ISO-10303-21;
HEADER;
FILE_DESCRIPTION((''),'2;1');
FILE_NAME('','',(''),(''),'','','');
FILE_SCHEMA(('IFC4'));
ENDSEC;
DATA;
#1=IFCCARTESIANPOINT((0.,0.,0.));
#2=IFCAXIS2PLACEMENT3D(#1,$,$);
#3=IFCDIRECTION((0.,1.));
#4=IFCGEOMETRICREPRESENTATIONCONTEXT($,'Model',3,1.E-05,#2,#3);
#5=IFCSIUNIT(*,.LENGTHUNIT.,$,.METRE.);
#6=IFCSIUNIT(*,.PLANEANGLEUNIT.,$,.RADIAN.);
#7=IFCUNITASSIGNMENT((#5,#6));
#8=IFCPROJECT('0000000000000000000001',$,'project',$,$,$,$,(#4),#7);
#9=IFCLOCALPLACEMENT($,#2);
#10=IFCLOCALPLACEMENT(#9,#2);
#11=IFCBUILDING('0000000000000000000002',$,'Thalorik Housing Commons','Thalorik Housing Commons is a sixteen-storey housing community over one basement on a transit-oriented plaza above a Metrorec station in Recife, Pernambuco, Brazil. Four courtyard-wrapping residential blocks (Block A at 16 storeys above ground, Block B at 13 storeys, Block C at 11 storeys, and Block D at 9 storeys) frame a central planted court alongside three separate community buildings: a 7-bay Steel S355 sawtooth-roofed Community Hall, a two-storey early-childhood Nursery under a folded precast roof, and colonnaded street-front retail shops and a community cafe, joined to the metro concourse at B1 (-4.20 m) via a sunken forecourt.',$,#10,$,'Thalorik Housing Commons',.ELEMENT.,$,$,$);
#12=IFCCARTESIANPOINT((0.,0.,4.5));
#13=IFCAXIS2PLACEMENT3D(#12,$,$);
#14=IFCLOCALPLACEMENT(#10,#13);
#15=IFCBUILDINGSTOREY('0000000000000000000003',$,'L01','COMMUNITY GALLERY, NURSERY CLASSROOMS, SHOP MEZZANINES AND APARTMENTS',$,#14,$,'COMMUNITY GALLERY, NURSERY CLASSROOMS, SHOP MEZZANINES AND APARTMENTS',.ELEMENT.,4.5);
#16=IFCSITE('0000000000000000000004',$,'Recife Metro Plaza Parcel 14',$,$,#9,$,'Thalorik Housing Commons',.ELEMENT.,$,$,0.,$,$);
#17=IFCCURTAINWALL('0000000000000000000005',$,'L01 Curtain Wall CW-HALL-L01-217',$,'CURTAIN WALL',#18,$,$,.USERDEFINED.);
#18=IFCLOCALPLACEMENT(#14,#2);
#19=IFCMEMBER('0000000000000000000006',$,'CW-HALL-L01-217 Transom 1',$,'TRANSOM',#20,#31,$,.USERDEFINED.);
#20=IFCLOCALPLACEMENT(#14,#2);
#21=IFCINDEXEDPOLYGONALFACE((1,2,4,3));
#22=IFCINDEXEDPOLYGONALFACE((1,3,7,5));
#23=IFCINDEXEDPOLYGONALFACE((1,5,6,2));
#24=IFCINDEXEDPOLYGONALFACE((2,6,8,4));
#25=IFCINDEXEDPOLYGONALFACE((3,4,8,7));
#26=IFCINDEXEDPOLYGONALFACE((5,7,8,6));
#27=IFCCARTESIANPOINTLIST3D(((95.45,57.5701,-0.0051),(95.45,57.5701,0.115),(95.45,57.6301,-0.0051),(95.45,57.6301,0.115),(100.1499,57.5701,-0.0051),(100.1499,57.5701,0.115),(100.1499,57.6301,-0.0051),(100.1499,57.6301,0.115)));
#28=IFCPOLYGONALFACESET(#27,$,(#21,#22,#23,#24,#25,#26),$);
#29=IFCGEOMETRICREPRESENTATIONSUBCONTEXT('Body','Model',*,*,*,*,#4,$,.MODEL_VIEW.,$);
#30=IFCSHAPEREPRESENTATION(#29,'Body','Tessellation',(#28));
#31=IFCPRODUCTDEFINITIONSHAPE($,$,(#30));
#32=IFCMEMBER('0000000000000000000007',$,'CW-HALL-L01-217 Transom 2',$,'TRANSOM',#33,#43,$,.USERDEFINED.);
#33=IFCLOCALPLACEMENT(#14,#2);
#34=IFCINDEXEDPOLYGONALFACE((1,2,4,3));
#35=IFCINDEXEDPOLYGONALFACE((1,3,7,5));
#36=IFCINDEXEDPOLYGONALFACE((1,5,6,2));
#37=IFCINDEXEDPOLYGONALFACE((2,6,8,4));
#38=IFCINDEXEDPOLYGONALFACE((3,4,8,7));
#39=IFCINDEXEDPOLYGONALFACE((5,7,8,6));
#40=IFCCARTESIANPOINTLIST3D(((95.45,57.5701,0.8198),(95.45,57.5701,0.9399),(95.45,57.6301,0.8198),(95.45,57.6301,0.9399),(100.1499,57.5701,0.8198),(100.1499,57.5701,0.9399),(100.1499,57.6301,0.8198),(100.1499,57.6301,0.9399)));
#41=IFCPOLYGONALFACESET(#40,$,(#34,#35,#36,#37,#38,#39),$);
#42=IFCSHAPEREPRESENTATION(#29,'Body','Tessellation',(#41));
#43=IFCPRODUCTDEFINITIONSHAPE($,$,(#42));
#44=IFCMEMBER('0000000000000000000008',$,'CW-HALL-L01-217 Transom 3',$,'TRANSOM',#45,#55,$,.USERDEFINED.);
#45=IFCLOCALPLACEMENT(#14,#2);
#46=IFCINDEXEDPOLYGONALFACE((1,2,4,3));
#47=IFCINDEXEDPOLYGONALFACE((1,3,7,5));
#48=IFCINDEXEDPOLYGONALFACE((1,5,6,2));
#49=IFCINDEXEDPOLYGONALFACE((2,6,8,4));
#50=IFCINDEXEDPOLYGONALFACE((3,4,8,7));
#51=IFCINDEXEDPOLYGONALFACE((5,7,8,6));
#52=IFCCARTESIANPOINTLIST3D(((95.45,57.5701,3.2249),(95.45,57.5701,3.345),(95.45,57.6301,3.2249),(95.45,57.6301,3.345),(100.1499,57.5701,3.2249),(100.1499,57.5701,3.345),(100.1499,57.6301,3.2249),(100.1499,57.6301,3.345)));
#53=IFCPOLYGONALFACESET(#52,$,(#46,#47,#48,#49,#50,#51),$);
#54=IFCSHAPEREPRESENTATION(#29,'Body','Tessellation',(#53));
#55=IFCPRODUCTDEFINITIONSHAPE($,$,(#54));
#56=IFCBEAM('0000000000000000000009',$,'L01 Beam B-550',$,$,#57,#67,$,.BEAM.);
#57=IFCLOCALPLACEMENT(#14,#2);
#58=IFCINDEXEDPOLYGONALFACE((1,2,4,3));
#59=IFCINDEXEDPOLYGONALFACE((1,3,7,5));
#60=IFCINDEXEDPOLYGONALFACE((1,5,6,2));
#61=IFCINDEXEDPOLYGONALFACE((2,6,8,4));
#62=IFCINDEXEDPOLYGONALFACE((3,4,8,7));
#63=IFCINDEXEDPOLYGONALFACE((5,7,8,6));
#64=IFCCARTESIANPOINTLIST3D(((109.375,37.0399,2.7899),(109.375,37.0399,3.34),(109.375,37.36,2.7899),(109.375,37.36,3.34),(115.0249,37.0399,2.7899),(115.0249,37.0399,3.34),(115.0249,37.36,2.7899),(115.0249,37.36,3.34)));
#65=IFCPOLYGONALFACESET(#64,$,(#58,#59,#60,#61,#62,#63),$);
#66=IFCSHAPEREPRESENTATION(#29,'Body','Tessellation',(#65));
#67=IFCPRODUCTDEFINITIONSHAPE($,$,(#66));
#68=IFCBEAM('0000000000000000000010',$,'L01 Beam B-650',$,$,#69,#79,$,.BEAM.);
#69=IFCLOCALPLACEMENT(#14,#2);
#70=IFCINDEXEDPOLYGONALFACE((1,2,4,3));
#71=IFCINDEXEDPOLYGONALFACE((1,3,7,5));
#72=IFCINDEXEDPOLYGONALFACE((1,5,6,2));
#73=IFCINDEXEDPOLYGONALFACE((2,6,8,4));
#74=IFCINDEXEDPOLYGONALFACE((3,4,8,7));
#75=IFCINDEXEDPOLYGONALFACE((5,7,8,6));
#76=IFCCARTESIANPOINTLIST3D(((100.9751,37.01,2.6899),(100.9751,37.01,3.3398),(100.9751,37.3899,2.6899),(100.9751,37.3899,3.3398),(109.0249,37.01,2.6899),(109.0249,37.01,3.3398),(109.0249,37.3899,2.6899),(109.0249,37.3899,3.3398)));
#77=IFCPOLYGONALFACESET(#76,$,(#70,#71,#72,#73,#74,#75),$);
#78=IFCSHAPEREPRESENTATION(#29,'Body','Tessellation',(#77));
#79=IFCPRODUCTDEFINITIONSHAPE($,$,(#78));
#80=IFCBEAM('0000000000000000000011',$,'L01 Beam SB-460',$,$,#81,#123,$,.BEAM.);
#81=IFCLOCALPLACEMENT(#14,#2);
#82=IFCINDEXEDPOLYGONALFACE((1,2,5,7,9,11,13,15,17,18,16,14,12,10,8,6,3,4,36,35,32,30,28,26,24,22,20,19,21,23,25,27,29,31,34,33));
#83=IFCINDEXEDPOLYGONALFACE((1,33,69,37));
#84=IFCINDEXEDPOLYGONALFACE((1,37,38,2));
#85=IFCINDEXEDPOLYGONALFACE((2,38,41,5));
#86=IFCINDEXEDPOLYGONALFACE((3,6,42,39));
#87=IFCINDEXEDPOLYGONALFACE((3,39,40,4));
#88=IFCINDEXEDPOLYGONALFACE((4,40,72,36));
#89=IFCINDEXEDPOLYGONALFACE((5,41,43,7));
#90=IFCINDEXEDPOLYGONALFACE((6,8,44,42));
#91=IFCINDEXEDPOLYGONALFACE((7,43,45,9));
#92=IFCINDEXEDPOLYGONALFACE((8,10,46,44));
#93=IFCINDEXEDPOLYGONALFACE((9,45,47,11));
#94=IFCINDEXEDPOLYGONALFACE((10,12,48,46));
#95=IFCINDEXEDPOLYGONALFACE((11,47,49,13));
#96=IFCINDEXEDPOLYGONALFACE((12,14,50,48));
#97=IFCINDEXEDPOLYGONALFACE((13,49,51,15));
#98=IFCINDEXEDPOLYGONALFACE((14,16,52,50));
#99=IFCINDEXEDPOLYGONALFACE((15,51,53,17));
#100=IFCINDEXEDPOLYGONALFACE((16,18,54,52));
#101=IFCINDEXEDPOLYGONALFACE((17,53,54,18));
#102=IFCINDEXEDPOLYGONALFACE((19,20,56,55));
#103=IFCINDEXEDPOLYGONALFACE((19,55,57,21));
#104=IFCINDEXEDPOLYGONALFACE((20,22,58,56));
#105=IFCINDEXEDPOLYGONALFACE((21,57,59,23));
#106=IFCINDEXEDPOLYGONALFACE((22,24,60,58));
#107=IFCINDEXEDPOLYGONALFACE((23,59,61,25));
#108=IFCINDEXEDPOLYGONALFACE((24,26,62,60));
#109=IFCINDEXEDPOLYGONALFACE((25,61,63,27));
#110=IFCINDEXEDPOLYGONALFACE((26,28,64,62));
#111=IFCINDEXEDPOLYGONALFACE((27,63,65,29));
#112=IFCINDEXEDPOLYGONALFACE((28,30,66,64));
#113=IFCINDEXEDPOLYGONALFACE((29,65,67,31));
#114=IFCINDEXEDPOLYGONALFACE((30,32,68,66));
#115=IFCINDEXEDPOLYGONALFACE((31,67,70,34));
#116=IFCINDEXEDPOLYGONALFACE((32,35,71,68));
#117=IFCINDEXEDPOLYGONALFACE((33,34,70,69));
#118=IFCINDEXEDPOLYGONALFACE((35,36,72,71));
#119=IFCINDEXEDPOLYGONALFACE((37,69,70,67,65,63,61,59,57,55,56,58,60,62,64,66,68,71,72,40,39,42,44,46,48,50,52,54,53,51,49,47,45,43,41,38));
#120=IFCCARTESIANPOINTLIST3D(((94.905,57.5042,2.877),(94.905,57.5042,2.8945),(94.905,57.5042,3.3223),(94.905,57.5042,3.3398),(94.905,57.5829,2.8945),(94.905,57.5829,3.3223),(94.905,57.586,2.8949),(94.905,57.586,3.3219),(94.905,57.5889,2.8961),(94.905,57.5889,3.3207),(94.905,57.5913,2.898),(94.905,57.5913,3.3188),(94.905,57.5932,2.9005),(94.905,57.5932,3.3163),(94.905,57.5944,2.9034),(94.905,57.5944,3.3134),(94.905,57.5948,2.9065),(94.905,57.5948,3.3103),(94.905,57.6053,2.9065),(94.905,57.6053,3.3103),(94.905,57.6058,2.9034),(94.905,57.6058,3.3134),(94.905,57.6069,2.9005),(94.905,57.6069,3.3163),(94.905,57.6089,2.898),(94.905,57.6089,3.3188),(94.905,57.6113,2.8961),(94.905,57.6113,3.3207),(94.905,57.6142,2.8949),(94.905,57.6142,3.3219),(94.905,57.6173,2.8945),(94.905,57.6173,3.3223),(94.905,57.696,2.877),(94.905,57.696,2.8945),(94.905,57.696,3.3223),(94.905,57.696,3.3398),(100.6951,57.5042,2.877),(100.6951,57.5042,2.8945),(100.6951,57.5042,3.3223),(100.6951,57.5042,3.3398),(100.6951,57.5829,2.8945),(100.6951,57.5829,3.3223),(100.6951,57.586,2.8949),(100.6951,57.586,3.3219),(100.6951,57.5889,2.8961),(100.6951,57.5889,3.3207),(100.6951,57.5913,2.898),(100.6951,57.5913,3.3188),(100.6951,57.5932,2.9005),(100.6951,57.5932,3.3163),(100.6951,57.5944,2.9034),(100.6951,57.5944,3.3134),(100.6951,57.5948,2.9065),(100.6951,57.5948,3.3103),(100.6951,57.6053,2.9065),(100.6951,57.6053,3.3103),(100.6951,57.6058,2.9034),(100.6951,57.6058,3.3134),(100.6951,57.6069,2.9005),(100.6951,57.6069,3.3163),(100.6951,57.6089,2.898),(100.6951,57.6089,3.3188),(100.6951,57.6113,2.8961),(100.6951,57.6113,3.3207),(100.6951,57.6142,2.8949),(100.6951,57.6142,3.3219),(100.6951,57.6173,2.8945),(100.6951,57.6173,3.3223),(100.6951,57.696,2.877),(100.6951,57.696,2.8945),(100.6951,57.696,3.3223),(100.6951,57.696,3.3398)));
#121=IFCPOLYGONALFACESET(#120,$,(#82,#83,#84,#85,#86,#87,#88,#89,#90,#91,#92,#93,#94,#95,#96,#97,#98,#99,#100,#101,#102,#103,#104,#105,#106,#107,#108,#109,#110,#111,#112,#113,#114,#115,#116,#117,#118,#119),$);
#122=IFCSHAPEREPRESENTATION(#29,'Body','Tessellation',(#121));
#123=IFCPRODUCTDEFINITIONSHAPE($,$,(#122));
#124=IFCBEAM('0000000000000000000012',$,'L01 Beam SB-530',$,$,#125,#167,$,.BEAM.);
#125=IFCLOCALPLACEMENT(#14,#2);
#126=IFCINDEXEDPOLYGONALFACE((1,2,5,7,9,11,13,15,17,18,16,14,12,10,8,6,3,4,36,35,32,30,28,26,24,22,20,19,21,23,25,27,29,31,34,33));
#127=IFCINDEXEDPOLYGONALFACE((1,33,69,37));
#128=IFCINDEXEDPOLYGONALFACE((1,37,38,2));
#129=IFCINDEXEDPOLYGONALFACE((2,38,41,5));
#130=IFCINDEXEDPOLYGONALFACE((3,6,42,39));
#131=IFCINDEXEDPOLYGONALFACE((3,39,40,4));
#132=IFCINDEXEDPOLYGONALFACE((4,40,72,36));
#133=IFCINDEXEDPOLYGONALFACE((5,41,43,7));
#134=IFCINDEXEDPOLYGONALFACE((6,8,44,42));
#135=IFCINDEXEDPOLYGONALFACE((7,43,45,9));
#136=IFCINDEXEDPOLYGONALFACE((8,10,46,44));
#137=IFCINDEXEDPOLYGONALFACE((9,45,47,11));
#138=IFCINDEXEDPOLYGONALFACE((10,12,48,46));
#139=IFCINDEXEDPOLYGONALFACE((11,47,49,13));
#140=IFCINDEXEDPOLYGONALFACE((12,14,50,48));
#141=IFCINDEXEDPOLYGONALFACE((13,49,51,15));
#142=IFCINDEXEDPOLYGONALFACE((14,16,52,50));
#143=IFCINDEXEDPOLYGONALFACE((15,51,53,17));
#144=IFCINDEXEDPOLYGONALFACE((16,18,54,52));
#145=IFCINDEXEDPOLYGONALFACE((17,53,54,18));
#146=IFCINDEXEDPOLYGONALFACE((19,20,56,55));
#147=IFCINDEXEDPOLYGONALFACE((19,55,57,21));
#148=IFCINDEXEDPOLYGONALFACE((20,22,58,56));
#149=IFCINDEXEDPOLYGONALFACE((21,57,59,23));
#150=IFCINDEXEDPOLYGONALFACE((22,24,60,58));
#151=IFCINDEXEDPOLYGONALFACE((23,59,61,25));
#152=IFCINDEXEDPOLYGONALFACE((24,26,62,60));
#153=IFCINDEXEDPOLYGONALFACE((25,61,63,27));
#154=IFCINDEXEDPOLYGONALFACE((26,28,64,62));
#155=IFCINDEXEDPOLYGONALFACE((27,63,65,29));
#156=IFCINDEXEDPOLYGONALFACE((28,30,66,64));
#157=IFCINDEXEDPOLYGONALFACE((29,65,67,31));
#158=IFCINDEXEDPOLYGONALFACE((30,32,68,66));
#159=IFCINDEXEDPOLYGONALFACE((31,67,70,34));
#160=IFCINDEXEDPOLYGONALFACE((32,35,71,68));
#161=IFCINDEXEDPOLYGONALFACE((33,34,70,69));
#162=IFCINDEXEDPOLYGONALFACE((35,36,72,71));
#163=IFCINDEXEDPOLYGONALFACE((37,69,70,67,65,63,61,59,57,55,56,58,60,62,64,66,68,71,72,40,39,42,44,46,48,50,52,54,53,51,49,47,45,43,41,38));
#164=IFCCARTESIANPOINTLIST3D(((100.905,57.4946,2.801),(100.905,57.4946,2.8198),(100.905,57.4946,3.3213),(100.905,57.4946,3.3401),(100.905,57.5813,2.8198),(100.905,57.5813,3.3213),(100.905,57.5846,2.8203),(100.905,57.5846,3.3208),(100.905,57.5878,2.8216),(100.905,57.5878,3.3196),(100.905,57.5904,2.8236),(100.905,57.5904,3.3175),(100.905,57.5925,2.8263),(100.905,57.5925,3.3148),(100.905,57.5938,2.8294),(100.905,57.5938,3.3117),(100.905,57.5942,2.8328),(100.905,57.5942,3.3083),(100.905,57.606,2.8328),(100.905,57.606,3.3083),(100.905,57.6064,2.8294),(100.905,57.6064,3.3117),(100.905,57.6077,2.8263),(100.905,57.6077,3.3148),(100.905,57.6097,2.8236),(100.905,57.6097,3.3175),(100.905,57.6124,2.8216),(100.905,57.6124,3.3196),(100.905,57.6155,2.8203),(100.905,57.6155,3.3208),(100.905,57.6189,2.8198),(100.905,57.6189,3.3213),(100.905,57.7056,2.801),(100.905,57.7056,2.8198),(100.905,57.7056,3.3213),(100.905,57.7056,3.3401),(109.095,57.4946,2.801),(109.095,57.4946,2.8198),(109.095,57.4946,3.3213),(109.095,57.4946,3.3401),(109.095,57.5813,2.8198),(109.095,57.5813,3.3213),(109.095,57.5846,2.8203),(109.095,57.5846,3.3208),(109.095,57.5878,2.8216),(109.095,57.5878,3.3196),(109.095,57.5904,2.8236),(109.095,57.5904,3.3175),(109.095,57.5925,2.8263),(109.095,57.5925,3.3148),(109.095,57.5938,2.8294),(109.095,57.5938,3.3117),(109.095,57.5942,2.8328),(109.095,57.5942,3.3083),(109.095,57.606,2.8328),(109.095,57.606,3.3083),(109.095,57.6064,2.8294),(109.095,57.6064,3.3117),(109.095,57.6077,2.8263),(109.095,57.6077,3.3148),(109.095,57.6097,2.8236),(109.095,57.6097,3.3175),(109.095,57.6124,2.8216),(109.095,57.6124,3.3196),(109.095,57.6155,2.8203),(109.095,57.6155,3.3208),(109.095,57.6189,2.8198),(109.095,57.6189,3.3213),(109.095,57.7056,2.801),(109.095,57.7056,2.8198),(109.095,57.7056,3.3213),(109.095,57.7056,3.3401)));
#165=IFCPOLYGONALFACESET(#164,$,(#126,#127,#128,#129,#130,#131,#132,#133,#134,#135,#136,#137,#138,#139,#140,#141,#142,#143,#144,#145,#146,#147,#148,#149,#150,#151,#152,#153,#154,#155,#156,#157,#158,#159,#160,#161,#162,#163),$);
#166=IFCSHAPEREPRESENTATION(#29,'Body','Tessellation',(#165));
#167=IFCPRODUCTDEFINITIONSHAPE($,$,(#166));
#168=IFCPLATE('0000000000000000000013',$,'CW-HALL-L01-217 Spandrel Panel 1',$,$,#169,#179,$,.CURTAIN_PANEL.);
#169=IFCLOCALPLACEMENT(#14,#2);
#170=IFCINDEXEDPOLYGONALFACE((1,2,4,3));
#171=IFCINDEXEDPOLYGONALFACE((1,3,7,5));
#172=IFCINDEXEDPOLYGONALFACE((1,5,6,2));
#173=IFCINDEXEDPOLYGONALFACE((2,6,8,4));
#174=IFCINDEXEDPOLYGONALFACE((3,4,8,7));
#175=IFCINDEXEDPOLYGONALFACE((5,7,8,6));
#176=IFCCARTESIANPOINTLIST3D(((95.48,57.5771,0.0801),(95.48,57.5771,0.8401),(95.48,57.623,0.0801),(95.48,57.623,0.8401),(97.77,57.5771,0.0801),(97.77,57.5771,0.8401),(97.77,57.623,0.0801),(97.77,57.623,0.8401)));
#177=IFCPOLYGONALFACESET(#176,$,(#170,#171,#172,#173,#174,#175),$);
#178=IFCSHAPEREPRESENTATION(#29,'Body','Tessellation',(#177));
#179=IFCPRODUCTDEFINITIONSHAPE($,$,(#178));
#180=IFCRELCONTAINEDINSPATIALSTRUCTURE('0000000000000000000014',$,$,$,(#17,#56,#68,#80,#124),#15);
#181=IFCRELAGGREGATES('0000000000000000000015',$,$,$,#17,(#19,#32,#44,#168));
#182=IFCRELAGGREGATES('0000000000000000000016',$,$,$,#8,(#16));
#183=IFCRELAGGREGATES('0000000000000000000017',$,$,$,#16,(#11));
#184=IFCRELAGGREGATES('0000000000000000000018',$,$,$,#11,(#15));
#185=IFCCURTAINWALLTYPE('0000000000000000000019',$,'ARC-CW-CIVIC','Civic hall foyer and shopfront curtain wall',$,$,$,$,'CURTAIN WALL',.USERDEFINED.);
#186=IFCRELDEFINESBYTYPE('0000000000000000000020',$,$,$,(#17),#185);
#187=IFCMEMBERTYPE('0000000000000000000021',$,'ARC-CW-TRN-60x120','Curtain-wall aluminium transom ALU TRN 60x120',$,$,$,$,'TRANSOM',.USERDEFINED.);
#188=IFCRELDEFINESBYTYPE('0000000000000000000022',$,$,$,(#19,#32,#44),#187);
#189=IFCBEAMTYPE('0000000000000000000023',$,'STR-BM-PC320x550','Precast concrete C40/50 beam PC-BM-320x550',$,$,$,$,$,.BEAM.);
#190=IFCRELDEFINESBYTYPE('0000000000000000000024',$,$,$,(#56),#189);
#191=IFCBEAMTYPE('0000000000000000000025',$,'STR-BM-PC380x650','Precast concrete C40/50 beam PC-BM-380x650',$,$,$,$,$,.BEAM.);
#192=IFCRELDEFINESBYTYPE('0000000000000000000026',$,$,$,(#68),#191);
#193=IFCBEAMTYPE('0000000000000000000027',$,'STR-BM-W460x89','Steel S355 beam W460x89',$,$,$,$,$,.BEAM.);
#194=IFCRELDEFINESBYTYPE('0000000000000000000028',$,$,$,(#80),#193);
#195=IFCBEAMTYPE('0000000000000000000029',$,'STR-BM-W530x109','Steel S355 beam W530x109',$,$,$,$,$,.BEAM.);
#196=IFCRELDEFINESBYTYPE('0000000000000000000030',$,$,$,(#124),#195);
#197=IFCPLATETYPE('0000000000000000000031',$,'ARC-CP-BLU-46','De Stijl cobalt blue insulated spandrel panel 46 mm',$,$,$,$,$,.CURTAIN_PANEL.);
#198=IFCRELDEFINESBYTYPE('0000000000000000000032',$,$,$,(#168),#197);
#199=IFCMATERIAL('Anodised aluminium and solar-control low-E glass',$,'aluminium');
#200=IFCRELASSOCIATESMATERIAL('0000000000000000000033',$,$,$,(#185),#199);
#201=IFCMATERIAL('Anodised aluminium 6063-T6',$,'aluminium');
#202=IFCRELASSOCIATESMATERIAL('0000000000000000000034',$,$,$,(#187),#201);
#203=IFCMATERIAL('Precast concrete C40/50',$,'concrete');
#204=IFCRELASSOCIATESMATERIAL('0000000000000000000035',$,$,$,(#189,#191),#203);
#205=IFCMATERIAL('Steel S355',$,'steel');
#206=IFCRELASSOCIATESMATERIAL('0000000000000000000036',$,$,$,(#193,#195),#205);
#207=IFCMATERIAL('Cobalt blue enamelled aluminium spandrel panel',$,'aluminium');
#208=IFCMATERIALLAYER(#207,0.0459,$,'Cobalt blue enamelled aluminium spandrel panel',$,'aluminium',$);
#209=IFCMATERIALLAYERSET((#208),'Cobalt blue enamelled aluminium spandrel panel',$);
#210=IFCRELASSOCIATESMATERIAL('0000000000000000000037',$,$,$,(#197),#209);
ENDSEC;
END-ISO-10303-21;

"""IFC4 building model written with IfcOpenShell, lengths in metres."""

from ifc_helpers import new_model, si_unit, direction, frame, origin, origin_2d, place, context, subcontext, project, spatial, rectangle, i_section, extrude, material, layer, layer_set, material_profile, profile_set, type_object, element, aggregate, save


model = new_model("IFC4")

# Units and contexts
model_context = context("Model", 3, precision=1e-05, world=origin(), true_north=direction((0.0, 1.0)))
body_context = subcontext(model_context, "Body", "Model", "MODEL_VIEW")
ifc_project = project(units=[si_unit("LENGTHUNIT", "METRE"), si_unit("PLANEANGLEUNIT", "RADIAN")], contexts=[model_context])

# Site, building, storey
site_placement = place(None, origin())
site = spatial("IfcSite", under=ifc_project, at=site_placement, Name="Recife Metro Plaza Parcel 14", LongName="Thalorik Housing Commons", CompositionType="ELEMENT", RefElevation=0.0)
building_placement = place(site_placement, origin())
building = spatial("IfcBuilding", under=site, at=building_placement, Name="Thalorik Housing Commons", Description="Thalorik Housing Commons is a sixteen-storey housing community over one basement on a transit-oriented plaza above a Metrorec station in Recife, Pernambuco, Brazil. Four courtyard-wrapping residential blocks (Block A at 16 storeys above ground, Block B at 13 storeys, Block C at 11 storeys, and Block D at 9 storeys) frame a central planted court alongside three separate community buildings: a 7-bay Steel S355 sawtooth-roofed Community Hall, a two-storey early-childhood Nursery under a folded precast roof, and colonnaded street-front retail shops and a community cafe, joined to the metro concourse at B1 (-4.20 m) via a sunken forecourt.", LongName="Thalorik Housing Commons", CompositionType="ELEMENT")
storey_placement = place(building_placement, frame((0.0, 0.0, 4.5)))
storey = spatial("IfcBuildingStorey", under=building, at=storey_placement, Name="L01", Description="COMMUNITY GALLERY, NURSERY CLASSROOMS, SHOP MEZZANINES AND APARTMENTS", LongName="COMMUNITY GALLERY, NURSERY CLASSROOMS, SHOP MEZZANINES AND APARTMENTS", CompositionType="ELEMENT", Elevation=4.5)

# Shared definitions
ifc_material_1 = material(Name="Steel S355", Category="steel")
ifc_material_2 = material(Name="Precast concrete C40/50", Category="concrete")

# Curtain wall
ifc_material_3 = material(Name="Anodised aluminium and solar-control low-E glass", Category="aluminium")
curtain_wall_type = type_object("IfcCurtainWallType", Name="ARC-CW-CIVIC", Description="Civic hall foyer and shopfront curtain wall", ElementType="CURTAIN WALL", PredefinedType="USERDEFINED", material=ifc_material_3)
ifc_material_4 = material(Name="Anodised aluminium 6063-T6", Category="aluminium")
curtain_wall_1_placement = place(storey_placement, origin())
curtain_wall_1 = element("IfcCurtainWall", 1, at=curtain_wall_1_placement, inside=storey, type_object=curtain_wall_type, Name="L01 Curtain Wall CW-HALL-L01-217", ObjectType="CURTAIN WALL", PredefinedType="USERDEFINED")

# Members
ifc_material_profile_1 = material_profile(ifc_material_4, rectangle(XDim=0.0601, YDim=0.1201, at=origin_2d()), Name="ALU TRN 60x120", Category="aluminium")
ifc_profile_set_1 = profile_set([ifc_material_profile_1], Name="Anodised aluminium 6063-T6")
member_type_1 = type_object("IfcMemberType", Name="ARC-CW-TRN-60x120", Description="Curtain-wall aluminium transom ALU TRN 60x120", ElementType="TRANSOM", PredefinedType="USERDEFINED", material=ifc_profile_set_1)
member_1_placement = place(storey_placement, frame((95.45, 57.6001, 0.0549), z_axis=(1.0, 0.0, 0.0), x_axis=(0.0, 1.0, 0.0)))
member_1 = element("IfcMember", 2, at=member_1_placement, type_object=member_type_1, Name="CW-HALL-L01-217 Transom 1", ObjectType="TRANSOM", PredefinedType="USERDEFINED", context=body_context, shape_type="SweptSolid", body=[
    extrude(rectangle(XDim=0.0601, YDim=0.1201, at=origin_2d()), origin(), (0.0, 0.0, 1.0), 4.7),
])
member_2_placement = place(storey_placement, frame((95.45, 57.6001, 0.8799), z_axis=(1.0, 0.0, 0.0), x_axis=(0.0, 1.0, 0.0)))
member_2 = element("IfcMember", 3, at=member_2_placement, type_object=member_type_1, Name="CW-HALL-L01-217 Transom 2", ObjectType="TRANSOM", PredefinedType="USERDEFINED", context=body_context, shape_type="SweptSolid", body=[
    extrude(rectangle(XDim=0.0601, YDim=0.1201, at=origin_2d()), origin(), (0.0, 0.0, 1.0), 4.7),
])
member_3_placement = place(storey_placement, frame((95.45, 57.6001, 3.2849), z_axis=(1.0, 0.0, 0.0), x_axis=(0.0, 1.0, 0.0)))
member_3 = element("IfcMember", 4, at=member_3_placement, type_object=member_type_1, Name="CW-HALL-L01-217 Transom 3", ObjectType="TRANSOM", PredefinedType="USERDEFINED", context=body_context, shape_type="SweptSolid", body=[
    extrude(rectangle(XDim=0.0601, YDim=0.1201, at=origin_2d()), origin(), (0.0, 0.0, 1.0), 4.7),
])

# Beams
ifc_material_profile_2 = material_profile(ifc_material_2, rectangle(XDim=0.3201, YDim=0.55, at=origin_2d()), Name="PC 320x550", Category="concrete")
ifc_profile_set_2 = profile_set([ifc_material_profile_2], Name="Precast concrete C40/50")
beam_type_1 = type_object("IfcBeamType", Name="STR-BM-PC320x550", Description="Precast concrete C40/50 beam PC-BM-320x550", PredefinedType="BEAM", material=ifc_profile_set_2)
beam_1_placement = place(storey_placement, frame((109.375, 37.2, 3.0649), z_axis=(1.0, 0.0, 0.0), x_axis=(0.0, 1.0, 0.0)))
element("IfcBeam", 5, at=beam_1_placement, inside=storey, type_object=beam_type_1, Name="L01 Beam B-550", PredefinedType="BEAM", context=body_context, shape_type="SweptSolid", body=[
    extrude(rectangle(XDim=0.3201, YDim=0.55, at=origin_2d()), origin(), (0.0, 0.0, 1.0), 5.6499),
])
ifc_material_profile_3 = material_profile(ifc_material_2, rectangle(XDim=0.3799, YDim=0.6499, at=origin_2d()), Name="PC 380x650", Category="concrete")
ifc_profile_set_3 = profile_set([ifc_material_profile_3], Name="Precast concrete C40/50")
beam_type_2 = type_object("IfcBeamType", Name="STR-BM-PC380x650", Description="Precast concrete C40/50 beam PC-BM-380x650", PredefinedType="BEAM", material=ifc_profile_set_3)
beam_2_placement = place(storey_placement, frame((100.9751, 37.2, 3.0149), z_axis=(1.0, 0.0, 0.0), x_axis=(0.0, 1.0, 0.0)))
element("IfcBeam", 6, at=beam_2_placement, inside=storey, type_object=beam_type_2, Name="L01 Beam B-650", PredefinedType="BEAM", context=body_context, shape_type="SweptSolid", body=[
    extrude(rectangle(XDim=0.3799, YDim=0.6499, at=origin_2d()), origin(), (0.0, 0.0, 1.0), 8.0498),
])
ifc_material_profile_4 = material_profile(ifc_material_1, i_section(OverallWidth=0.1919, OverallDepth=0.4629, WebThickness=0.0105, FlangeThickness=0.0176, FilletRadius=0.012, at=origin_2d()), Name="W460x89", Category="steel")
ifc_profile_set_4 = profile_set([ifc_material_profile_4], Name="Steel S355")
beam_type_3 = type_object("IfcBeamType", Name="STR-BM-W460x89", Description="Steel S355 beam W460x89", PredefinedType="BEAM", material=ifc_profile_set_4)
beam_3_placement = place(storey_placement, frame((94.905, 57.6001, 3.1084), z_axis=(1.0, 0.0, 0.0), x_axis=(0.0, 1.0, 0.0)))
element("IfcBeam", 7, at=beam_3_placement, inside=storey, type_object=beam_type_3, Name="L01 Beam SB-460", PredefinedType="BEAM", context=body_context, shape_type="SweptSolid", body=[
    extrude(i_section(OverallWidth=0.1919, OverallDepth=0.4629, WebThickness=0.0105, FlangeThickness=0.0176, FilletRadius=0.012, at=origin_2d()), origin(), (0.0, 0.0, 1.0), 5.79),
])
ifc_material_profile_5 = material_profile(ifc_material_1, i_section(OverallWidth=0.2109, OverallDepth=0.5391, WebThickness=0.0117, FlangeThickness=0.0188, FilletRadius=0.0129, at=origin_2d()), Name="W530x109", Category="steel")
ifc_profile_set_5 = profile_set([ifc_material_profile_5], Name="Steel S355")
beam_type_4 = type_object("IfcBeamType", Name="STR-BM-W530x109", Description="Steel S355 beam W530x109", PredefinedType="BEAM", material=ifc_profile_set_5)
beam_4_placement = place(storey_placement, frame((100.905, 57.6001, 3.0706), z_axis=(1.0, 0.0, 0.0), x_axis=(0.0, 1.0, 0.0)))
element("IfcBeam", 8, at=beam_4_placement, inside=storey, type_object=beam_type_4, Name="L01 Beam SB-530", PredefinedType="BEAM", context=body_context, shape_type="SweptSolid", body=[
    extrude(i_section(OverallWidth=0.2109, OverallDepth=0.5391, WebThickness=0.0117, FlangeThickness=0.0188, FilletRadius=0.0129, at=origin_2d()), origin(), (0.0, 0.0, 1.0), 8.1899),
])

# Plate
ifc_material_5 = material(Name="Cobalt blue enamelled aluminium spandrel panel", Category="aluminium")
ifc_layer_1 = layer(ifc_material_5, 0.0459, Name="Cobalt blue enamelled aluminium spandrel panel", Category="aluminium")
ifc_layer_set_1 = layer_set([ifc_layer_1], Name="Cobalt blue enamelled aluminium spandrel panel")
plate_type_1 = type_object("IfcPlateType", Name="ARC-CP-BLU-46", Description="De Stijl cobalt blue insulated spandrel panel 46 mm", PredefinedType="CURTAIN_PANEL", material=ifc_layer_set_1)
plate_1_placement = place(storey_placement, frame((96.625, 57.6001, 0.0801), z_axis=(0.0, 0.0, 1.0), x_axis=(1.0, 0.0, 0.0)))
plate_1 = element("IfcPlate", 9, at=plate_1_placement, type_object=plate_type_1, Name="CW-HALL-L01-217 Spandrel Panel 1", PredefinedType="CURTAIN_PANEL", context=body_context, shape_type="SweptSolid", body=[
    extrude(rectangle(XDim=2.29, YDim=0.0459, at=origin_2d()), origin(), (0.0, 0.0, 1.0), 0.76),
])
aggregate(curtain_wall_1, [member_1, member_2, member_3, plate_1])

save(model, "model.ifc")
